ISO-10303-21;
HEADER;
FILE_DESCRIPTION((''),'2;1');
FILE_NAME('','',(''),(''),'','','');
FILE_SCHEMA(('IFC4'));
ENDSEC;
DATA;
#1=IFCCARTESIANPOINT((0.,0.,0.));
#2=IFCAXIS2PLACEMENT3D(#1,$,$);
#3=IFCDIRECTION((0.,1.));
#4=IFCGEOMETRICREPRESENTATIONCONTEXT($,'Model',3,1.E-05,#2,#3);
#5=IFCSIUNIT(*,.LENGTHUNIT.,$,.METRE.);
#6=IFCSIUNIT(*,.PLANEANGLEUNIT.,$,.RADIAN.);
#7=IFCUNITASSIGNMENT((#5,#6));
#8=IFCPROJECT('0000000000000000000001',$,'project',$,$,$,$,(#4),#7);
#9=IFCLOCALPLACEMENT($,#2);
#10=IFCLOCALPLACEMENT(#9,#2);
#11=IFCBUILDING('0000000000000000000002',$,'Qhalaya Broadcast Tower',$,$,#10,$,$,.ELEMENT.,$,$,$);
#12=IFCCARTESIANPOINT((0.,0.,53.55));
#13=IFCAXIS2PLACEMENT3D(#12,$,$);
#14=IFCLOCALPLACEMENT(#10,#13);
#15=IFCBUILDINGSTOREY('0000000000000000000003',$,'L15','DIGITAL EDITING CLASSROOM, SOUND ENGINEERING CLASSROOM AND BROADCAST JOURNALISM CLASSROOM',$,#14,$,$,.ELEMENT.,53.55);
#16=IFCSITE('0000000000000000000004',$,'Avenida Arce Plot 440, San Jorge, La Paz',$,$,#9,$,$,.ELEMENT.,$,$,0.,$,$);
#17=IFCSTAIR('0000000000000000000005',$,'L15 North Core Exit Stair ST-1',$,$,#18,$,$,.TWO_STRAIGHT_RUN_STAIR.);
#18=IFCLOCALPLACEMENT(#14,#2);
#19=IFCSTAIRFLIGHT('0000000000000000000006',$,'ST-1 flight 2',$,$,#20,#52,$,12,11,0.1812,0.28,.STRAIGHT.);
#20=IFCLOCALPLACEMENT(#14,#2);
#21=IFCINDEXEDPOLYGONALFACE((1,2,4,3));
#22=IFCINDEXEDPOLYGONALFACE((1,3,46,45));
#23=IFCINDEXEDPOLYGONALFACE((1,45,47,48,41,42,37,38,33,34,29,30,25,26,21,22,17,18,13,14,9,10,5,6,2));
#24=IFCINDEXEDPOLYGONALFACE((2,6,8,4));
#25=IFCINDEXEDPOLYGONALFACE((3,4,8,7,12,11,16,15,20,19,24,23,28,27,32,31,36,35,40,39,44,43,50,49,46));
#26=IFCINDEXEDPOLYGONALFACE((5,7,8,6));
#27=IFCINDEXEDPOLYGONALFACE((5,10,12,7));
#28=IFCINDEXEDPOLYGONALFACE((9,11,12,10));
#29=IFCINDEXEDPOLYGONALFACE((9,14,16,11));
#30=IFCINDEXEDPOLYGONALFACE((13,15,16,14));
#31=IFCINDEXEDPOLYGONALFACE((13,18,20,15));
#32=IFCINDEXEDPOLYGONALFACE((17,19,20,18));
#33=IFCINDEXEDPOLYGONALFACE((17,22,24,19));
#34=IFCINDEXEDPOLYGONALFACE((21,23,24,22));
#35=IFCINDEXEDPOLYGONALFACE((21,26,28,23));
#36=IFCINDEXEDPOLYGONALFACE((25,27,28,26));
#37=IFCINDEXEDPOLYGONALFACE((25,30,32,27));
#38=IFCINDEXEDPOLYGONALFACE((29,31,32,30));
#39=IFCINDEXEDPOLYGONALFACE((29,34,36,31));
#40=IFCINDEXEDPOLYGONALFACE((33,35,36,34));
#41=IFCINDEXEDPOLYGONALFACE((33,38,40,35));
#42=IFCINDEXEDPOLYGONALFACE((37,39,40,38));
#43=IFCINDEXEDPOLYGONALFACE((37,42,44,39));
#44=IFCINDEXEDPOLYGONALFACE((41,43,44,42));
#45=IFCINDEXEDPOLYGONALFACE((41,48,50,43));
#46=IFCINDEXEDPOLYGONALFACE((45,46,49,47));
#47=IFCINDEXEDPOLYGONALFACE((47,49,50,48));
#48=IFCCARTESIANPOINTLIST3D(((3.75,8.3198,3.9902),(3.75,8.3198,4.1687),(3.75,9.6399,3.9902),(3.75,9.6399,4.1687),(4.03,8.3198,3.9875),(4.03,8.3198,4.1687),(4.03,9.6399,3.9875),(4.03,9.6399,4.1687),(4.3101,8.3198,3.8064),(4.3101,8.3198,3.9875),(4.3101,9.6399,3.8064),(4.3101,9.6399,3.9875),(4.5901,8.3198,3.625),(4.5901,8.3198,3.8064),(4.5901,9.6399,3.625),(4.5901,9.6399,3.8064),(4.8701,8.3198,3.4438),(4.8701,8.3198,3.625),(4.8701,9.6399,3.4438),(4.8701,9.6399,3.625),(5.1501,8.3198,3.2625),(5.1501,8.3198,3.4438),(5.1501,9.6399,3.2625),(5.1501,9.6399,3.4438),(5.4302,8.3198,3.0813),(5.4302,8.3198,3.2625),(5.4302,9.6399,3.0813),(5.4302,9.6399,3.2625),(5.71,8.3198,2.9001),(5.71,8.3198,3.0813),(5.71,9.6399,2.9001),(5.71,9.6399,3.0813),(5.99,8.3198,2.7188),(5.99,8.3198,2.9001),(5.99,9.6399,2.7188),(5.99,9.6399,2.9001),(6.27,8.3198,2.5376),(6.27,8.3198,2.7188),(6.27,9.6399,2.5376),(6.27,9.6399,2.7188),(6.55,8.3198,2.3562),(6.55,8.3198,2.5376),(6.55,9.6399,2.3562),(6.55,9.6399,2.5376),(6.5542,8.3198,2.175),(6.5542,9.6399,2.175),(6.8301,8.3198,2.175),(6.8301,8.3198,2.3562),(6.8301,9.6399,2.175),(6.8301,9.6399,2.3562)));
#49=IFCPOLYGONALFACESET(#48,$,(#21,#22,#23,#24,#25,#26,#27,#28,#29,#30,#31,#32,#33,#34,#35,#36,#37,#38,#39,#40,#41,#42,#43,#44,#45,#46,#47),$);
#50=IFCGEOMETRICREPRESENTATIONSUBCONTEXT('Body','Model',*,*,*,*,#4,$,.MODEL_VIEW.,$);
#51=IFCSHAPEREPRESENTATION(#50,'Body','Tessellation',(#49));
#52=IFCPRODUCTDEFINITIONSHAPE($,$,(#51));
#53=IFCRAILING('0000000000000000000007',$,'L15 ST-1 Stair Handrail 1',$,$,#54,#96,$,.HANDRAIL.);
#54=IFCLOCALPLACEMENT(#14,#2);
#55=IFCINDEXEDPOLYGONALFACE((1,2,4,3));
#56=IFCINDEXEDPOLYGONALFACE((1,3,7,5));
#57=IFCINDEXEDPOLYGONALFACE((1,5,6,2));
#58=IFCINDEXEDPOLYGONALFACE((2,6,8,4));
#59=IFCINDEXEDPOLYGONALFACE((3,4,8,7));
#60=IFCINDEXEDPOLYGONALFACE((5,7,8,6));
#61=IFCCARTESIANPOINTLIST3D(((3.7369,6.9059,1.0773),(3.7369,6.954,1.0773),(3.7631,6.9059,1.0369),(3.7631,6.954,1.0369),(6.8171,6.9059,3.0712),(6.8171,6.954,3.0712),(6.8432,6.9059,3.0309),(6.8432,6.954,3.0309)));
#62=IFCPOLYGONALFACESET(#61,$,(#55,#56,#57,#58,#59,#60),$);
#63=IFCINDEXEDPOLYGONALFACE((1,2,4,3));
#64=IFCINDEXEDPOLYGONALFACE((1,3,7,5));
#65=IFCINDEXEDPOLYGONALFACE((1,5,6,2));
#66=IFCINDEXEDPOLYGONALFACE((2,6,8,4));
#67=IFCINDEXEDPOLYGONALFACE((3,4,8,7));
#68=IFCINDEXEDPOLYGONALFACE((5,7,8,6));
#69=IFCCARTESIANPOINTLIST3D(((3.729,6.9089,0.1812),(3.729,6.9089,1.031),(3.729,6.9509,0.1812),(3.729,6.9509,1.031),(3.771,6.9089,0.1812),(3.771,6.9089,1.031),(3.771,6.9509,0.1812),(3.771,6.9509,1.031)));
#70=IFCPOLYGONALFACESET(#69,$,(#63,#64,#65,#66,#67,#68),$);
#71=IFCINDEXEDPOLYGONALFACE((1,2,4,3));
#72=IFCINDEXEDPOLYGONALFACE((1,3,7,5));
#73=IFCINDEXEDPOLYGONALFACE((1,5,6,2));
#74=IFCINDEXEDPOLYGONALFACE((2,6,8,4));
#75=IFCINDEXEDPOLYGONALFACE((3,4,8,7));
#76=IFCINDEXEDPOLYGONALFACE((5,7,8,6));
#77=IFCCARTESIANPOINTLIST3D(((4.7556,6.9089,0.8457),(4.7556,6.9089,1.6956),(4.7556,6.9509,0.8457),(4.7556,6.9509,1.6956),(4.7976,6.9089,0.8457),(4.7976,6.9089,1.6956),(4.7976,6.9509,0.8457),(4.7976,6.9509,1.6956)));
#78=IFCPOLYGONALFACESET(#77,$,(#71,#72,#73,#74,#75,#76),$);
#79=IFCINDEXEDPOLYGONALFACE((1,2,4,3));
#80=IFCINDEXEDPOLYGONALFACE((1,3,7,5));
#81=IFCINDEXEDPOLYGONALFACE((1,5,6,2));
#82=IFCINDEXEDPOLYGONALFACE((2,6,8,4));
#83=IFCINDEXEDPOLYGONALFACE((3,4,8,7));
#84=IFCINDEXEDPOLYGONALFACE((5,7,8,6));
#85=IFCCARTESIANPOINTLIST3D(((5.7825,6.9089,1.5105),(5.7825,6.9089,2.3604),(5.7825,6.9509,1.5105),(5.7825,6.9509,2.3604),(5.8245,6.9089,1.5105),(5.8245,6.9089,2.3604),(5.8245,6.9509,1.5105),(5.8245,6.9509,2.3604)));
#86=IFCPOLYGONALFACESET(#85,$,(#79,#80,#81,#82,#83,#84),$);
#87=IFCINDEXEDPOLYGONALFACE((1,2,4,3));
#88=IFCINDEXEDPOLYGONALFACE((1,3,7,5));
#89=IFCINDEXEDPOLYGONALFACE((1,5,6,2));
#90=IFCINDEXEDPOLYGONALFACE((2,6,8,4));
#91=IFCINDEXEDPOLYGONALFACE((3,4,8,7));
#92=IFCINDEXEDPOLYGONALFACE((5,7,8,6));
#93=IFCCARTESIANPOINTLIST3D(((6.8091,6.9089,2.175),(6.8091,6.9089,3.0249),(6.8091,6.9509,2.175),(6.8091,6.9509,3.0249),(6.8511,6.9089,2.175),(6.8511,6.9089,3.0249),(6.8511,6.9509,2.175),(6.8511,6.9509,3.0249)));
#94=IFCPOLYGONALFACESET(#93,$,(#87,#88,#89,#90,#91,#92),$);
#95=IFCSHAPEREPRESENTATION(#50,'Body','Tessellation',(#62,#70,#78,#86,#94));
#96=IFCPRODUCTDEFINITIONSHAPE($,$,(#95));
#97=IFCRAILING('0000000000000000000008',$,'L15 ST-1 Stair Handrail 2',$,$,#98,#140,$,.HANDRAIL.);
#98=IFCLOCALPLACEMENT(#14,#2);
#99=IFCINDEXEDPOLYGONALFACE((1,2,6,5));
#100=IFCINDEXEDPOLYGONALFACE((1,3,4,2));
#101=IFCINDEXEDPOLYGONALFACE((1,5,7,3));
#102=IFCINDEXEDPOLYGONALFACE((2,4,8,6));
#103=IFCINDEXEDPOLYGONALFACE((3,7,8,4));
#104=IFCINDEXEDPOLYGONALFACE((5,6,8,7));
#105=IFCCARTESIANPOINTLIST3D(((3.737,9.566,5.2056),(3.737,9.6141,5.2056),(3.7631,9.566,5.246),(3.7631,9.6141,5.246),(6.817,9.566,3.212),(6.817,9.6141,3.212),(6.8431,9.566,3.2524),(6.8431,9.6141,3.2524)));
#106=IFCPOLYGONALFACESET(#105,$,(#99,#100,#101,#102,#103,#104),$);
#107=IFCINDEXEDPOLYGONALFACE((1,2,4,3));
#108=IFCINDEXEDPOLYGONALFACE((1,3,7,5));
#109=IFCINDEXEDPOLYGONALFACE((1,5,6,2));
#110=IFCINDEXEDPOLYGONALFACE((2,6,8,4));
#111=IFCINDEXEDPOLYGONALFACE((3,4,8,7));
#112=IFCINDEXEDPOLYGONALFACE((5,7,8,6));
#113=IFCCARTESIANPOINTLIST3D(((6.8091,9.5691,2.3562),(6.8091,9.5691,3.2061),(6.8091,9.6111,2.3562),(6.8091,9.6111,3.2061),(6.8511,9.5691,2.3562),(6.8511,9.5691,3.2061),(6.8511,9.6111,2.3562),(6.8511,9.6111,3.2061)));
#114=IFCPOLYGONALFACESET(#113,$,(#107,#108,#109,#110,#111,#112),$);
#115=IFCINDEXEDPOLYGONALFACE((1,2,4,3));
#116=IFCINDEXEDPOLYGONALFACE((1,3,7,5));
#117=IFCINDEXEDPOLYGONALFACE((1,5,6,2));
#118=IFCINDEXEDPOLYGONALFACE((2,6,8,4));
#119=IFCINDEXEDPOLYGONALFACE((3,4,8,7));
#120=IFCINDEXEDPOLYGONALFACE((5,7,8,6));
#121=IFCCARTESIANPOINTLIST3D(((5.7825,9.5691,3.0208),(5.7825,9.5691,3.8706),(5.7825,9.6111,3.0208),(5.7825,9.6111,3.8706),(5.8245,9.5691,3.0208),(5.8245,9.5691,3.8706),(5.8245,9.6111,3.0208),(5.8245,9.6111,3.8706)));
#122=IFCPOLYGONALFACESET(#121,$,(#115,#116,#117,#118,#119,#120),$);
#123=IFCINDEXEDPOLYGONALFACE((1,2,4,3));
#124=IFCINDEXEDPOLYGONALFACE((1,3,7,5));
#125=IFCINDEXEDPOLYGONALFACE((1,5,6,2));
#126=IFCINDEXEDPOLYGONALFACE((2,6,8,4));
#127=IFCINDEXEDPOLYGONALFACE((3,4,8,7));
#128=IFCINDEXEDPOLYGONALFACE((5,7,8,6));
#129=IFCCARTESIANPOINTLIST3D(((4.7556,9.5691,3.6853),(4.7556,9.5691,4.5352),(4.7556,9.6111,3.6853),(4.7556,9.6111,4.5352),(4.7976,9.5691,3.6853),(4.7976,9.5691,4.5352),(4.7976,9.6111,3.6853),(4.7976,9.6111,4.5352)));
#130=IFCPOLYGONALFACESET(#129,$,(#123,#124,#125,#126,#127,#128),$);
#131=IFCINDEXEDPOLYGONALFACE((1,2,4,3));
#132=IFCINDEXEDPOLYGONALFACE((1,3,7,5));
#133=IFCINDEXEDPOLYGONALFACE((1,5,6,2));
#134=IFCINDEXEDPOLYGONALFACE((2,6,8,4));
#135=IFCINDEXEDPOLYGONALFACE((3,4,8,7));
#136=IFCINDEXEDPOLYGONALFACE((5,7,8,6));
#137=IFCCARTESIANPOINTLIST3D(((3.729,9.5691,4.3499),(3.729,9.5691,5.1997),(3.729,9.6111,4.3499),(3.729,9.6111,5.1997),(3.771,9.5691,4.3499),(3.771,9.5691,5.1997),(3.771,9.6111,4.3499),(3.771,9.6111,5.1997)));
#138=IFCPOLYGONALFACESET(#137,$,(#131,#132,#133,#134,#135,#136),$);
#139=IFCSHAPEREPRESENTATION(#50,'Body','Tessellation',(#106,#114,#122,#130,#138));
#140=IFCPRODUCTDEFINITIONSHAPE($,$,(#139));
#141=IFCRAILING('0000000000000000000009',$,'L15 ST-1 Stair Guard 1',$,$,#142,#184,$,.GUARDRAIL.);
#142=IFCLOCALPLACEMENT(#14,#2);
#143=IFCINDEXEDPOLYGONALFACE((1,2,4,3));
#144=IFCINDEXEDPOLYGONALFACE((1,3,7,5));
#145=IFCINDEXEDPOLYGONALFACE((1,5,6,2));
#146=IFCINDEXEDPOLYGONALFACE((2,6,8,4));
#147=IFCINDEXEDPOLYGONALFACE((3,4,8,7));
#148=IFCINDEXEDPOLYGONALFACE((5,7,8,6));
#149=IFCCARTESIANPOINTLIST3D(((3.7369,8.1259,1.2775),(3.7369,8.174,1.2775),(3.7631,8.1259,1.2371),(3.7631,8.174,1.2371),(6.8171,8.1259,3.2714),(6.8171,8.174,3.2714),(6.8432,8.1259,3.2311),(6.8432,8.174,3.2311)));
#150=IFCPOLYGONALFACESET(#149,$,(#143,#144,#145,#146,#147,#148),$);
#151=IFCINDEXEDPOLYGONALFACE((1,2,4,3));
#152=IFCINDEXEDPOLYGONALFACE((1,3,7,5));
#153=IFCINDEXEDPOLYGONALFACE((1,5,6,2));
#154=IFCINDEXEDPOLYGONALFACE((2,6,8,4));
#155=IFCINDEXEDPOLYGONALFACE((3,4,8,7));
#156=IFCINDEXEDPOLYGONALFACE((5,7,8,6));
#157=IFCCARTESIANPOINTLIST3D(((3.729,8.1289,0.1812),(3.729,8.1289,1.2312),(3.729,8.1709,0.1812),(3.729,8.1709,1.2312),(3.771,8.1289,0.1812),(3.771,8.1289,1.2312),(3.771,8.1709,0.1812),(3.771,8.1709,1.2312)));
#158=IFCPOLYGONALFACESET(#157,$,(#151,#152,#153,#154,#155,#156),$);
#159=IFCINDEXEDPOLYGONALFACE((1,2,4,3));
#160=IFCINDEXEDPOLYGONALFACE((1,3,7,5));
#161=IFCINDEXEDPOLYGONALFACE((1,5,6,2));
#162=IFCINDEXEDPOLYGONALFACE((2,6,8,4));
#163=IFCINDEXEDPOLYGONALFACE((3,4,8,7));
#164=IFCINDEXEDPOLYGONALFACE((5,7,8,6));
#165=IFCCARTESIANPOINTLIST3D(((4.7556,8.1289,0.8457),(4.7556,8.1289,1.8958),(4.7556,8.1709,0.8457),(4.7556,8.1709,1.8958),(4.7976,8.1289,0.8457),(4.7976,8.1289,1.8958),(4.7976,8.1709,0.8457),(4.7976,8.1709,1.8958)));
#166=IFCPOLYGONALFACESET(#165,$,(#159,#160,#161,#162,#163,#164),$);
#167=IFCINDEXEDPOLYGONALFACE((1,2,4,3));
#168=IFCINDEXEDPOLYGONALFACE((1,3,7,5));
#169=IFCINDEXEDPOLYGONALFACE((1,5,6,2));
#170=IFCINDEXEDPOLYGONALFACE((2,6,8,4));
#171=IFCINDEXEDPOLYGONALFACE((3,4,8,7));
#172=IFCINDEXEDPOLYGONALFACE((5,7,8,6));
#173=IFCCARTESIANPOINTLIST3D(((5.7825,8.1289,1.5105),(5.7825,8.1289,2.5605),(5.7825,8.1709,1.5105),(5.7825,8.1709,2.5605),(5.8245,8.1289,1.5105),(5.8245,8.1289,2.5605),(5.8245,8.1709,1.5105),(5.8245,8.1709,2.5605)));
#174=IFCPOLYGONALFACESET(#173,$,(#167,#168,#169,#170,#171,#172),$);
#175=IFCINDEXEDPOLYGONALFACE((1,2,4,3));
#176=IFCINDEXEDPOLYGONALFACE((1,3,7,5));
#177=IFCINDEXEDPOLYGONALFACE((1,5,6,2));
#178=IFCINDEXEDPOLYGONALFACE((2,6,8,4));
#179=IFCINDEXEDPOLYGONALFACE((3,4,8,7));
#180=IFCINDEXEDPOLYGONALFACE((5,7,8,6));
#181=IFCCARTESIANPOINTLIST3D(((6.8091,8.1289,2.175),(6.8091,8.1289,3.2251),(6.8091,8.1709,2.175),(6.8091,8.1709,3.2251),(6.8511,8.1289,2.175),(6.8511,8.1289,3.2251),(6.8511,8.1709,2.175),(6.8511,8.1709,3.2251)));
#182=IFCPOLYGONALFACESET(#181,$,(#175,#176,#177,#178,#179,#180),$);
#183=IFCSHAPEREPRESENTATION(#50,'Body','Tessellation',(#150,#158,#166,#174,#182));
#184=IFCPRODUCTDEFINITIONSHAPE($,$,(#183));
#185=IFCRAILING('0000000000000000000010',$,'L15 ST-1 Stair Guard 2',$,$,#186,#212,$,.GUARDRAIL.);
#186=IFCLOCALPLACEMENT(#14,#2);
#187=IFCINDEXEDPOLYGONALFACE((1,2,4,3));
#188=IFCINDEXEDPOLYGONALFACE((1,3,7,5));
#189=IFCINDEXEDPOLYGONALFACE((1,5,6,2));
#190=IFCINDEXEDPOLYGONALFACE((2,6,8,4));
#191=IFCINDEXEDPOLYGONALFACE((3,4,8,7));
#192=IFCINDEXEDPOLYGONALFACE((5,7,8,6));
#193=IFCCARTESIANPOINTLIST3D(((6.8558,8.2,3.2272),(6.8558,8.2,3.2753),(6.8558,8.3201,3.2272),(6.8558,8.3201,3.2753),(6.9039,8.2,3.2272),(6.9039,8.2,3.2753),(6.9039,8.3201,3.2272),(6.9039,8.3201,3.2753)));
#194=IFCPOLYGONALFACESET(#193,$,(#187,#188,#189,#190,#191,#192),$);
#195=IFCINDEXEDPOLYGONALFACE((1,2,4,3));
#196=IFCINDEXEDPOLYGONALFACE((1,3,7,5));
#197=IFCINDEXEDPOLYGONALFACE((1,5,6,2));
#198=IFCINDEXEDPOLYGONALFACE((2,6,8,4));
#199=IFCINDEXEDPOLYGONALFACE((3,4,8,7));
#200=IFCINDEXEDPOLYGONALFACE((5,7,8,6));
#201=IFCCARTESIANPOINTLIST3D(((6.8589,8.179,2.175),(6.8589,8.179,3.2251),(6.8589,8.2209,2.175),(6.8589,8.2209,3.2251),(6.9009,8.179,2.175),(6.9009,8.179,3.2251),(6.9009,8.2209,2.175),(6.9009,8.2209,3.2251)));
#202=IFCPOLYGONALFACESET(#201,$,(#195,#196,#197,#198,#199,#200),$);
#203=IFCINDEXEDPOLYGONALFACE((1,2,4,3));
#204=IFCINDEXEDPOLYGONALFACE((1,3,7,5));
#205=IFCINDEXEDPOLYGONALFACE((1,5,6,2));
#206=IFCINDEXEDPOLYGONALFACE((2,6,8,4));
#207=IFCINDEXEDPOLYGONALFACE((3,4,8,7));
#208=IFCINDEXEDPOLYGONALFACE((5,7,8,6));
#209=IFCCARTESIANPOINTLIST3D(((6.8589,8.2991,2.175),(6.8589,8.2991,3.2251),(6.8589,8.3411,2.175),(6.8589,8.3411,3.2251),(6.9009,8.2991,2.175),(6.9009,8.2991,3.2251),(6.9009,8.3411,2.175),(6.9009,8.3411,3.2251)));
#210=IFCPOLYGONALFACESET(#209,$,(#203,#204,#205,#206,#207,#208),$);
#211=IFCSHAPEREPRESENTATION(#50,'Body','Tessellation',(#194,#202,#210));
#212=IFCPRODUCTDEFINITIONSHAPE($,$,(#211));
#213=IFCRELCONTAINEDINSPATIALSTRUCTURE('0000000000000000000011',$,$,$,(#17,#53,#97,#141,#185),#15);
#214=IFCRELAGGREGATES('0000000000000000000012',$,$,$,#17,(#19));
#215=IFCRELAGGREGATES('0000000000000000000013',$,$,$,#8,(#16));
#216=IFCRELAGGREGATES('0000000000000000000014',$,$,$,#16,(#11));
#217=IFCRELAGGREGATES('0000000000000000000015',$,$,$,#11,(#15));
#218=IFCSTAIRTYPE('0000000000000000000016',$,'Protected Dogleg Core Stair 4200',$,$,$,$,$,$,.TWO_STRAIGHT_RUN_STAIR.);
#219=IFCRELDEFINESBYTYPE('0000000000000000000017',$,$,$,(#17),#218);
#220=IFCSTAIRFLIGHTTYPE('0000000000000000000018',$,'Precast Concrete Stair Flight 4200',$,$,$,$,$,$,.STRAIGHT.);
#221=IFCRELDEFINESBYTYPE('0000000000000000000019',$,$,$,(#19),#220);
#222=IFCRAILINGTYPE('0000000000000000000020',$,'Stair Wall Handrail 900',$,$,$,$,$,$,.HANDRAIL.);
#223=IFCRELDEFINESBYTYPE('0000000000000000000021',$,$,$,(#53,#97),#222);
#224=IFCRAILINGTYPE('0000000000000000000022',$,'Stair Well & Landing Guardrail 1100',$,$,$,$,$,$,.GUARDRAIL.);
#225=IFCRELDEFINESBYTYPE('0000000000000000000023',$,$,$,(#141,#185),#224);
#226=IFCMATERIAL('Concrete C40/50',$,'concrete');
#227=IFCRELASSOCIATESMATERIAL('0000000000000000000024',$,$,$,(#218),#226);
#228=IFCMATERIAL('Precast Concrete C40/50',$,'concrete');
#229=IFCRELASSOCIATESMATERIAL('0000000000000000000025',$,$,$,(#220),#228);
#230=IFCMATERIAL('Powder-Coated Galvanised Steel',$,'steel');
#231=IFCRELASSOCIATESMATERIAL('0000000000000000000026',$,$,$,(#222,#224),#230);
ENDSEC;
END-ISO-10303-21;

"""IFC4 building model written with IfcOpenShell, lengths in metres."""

from ifc_helpers import new_model, si_unit, direction, frame, origin, origin_2d, place, context, subcontext, project, spatial, polyline, rectangle, outline, extrude, material, type_object, element, aggregate, save


model = new_model("IFC4")

# Units and contexts
model_context = context("Model", 3, precision=1e-05, world=origin(), true_north=direction((0.0, 1.0)))
body_context = subcontext(model_context, "Body", "Model", "MODEL_VIEW")
ifc_project = project(units=[si_unit("LENGTHUNIT", "METRE"), si_unit("PLANEANGLEUNIT", "RADIAN")], contexts=[model_context])

# Site, building, storey
site_placement = place(None, origin())
site = spatial("IfcSite", under=ifc_project, at=site_placement, Name="Avenida Arce Plot 440, San Jorge, La Paz", CompositionType="ELEMENT", RefElevation=0.0)
building_placement = place(site_placement, origin())
building = spatial("IfcBuilding", under=site, at=building_placement, Name="Qhalaya Broadcast Tower", CompositionType="ELEMENT")
storey_placement = place(building_placement, frame((0.0, 0.0, 53.55)))
storey = spatial("IfcBuildingStorey", under=building, at=storey_placement, Name="L15", Description="DIGITAL EDITING CLASSROOM, SOUND ENGINEERING CLASSROOM AND BROADCAST JOURNALISM CLASSROOM", CompositionType="ELEMENT", Elevation=53.55)

# Stair, stair flight
ifc_material_1 = material(Name="Concrete C40/50", Category="concrete")
stair_type = type_object("IfcStairType", Name="Protected Dogleg Core Stair 4200", PredefinedType="TWO_STRAIGHT_RUN_STAIR", material=ifc_material_1)
stair_placement = place(storey_placement, origin())
stair = element("IfcStair", 1, at=stair_placement, inside=storey, type_object=stair_type, Name="L15 North Core Exit Stair ST-1", PredefinedType="TWO_STRAIGHT_RUN_STAIR")
ifc_material_2 = material(Name="Precast Concrete C40/50", Category="concrete")
stair_flight_type = type_object("IfcStairFlightType", Name="Precast Concrete Stair Flight 4200", PredefinedType="STRAIGHT", material=ifc_material_2)
stair_flight_1_placement = place(storey_placement, frame((6.8301, 8.98, 2.175), z_axis=(0.0, 0.0, 1.0), x_axis=(-1.0, 0.0, 0.0)))
stair_flight_1 = element("IfcStairFlight", 2, at=stair_flight_1_placement, type_object=stair_flight_type, Name="ST-1 flight 2", NumberOfRisers=12, NumberOfTreads=11, PredefinedType="STRAIGHT", RiserHeight=0.1812, TreadLength=0.28, context=body_context, shape_type="SweptSolid", body=[
    extrude(outline(polyline([(0.0, 0.0), (0.0, 0.1812), (0.28, 0.1812), (0.28, 0.3625), (0.5601, 0.3625), (0.5601, 0.5437), (0.8401, 0.5437), (0.8401, 0.7251), (1.1201, 0.7251), (1.1201, 0.9062), (1.3999, 0.9062), (1.3999, 1.0874), (1.6799, 1.0874), (1.6799, 1.2688), (1.96, 1.2688), (1.96, 1.45), (2.24, 1.45), (2.24, 1.6313), (2.52, 1.6313), (2.52, 1.8125), (2.8, 1.8125), (2.8, 1.9937), (3.0801, 1.9937), (3.0801, 2.175), (3.0801, 1.8152), (0.2759, 0.0), (0.0, 0.0)])), frame((0.0, 0.6602, 0.0), z_axis=(0.0, -1.0, 0.0), x_axis=(1.0, 0.0, 0.0)), (0.0, 0.0, 1.0), 1.3201),
])
aggregate(stair, [stair_flight_1])

# Railings
ifc_material_3 = material(Name="Powder-Coated Galvanised Steel", Category="steel")
railing_type_1 = type_object("IfcRailingType", Name="Stair Wall Handrail 900", PredefinedType="HANDRAIL", material=ifc_material_3)
railing_1_placement = place(storey_placement, frame((3.75, 6.9299, 0.1812)))
element("IfcRailing", 3, at=railing_1_placement, inside=storey, type_object=railing_type_1, Name="L15 ST-1 Stair Handrail 1", PredefinedType="HANDRAIL", context=body_context, shape_type="SweptSolid", body=[
    extrude(rectangle(XDim=0.0481, YDim=0.0481, at=origin_2d()), frame((0.0, 0.0, 0.876), z_axis=(0.839458, 0.0, 0.543425), x_axis=(0.0, 1.0, 0.0)), (0.0, 0.0, 1.0), 3.6692),
    extrude(rectangle(XDim=0.042, YDim=0.042, at=origin_2d()), origin(), (0.0, 0.0, 1.0), 0.8499),
    extrude(rectangle(XDim=0.042, YDim=0.042, at=origin_2d()), frame((1.0266, 0.0, 0.6646)), (0.0, 0.0, 1.0), 0.8499),
    extrude(rectangle(XDim=0.042, YDim=0.042, at=origin_2d()), frame((2.0535, 0.0, 1.3293)), (0.0, 0.0, 1.0), 0.8499),
    extrude(rectangle(XDim=0.042, YDim=0.042, at=origin_2d()), frame((3.0801, 0.0, 1.9939)), (0.0, 0.0, 1.0), 0.8499),
])
railing_2_placement = place(storey_placement, frame((6.8301, 9.5901, 2.3562)))
element("IfcRailing", 4, at=railing_2_placement, inside=storey, type_object=railing_type_1, Name="L15 ST-1 Stair Handrail 2", PredefinedType="HANDRAIL", context=body_context, shape_type="SweptSolid", body=[
    extrude(rectangle(XDim=0.0481, YDim=0.0481, at=origin_2d()), frame((0.0, 0.0, 0.876), z_axis=(-0.839488, 0.0, 0.543378), x_axis=(0.0, -1.0, 0.0)), (0.0, 0.0, 1.0), 3.6689),
    extrude(rectangle(XDim=0.042, YDim=0.042, at=origin_2d()), origin(), (0.0, 0.0, 1.0), 0.8499),
    extrude(rectangle(XDim=0.042, YDim=0.042, at=origin_2d()), frame((-1.0266, 0.0, 0.6646)), (0.0, 0.0, 1.0), 0.8499),
    extrude(rectangle(XDim=0.042, YDim=0.042, at=origin_2d()), frame((-2.0535, 0.0, 1.3291)), (0.0, 0.0, 1.0), 0.8499),
    extrude(rectangle(XDim=0.042, YDim=0.042, at=origin_2d()), frame((-3.0801, 0.0, 1.9937)), (0.0, 0.0, 1.0), 0.8499),
])
railing_type_2 = type_object("IfcRailingType", Name="Stair Well & Landing Guardrail 1100", PredefinedType="GUARDRAIL", material=ifc_material_3)
railing_3_placement = place(storey_placement, frame((3.75, 8.1499, 0.1812)))
element("IfcRailing", 5, at=railing_3_placement, inside=storey, type_object=railing_type_2, Name="L15 ST-1 Stair Guard 1", PredefinedType="GUARDRAIL", context=body_context, shape_type="SweptSolid", body=[
    extrude(rectangle(XDim=0.0481, YDim=0.0481, at=origin_2d()), frame((0.0, 0.0, 1.0762), z_axis=(0.839458, 0.0, 0.543425), x_axis=(0.0, 1.0, 0.0)), (0.0, 0.0, 1.0), 3.6692),
    extrude(rectangle(XDim=0.042, YDim=0.042, at=origin_2d()), origin(), (0.0, 0.0, 1.0), 1.05),
    extrude(rectangle(XDim=0.042, YDim=0.042, at=origin_2d()), frame((1.0266, 0.0, 0.6646)), (0.0, 0.0, 1.0), 1.05),
    extrude(rectangle(XDim=0.042, YDim=0.042, at=origin_2d()), frame((2.0535, 0.0, 1.3293)), (0.0, 0.0, 1.0), 1.05),
    extrude(rectangle(XDim=0.042, YDim=0.042, at=origin_2d()), frame((3.0801, 0.0, 1.9939)), (0.0, 0.0, 1.0), 1.05),
])
railing_4_placement = place(storey_placement, frame((6.8799, 8.2, 2.175)))
element("IfcRailing", 6, at=railing_4_placement, inside=storey, type_object=railing_type_2, Name="L15 ST-1 Stair Guard 2", PredefinedType="GUARDRAIL", context=body_context, shape_type="SweptSolid", body=[
    extrude(rectangle(XDim=0.0481, YDim=0.0481, at=origin_2d()), frame((0.0, 0.0, 1.0762), z_axis=(0.0, 1.0, 0.0), x_axis=(-1.0, 0.0, 0.0)), (0.0, 0.0, 1.0), 0.1201),
    extrude(rectangle(XDim=0.042, YDim=0.042, at=origin_2d()), origin(), (0.0, 0.0, 1.0), 1.05),
    extrude(rectangle(XDim=0.042, YDim=0.042, at=origin_2d()), frame((0.0, 0.1201, 0.0)), (0.0, 0.0, 1.0), 1.05),
])

save(model, "model.ifc")
